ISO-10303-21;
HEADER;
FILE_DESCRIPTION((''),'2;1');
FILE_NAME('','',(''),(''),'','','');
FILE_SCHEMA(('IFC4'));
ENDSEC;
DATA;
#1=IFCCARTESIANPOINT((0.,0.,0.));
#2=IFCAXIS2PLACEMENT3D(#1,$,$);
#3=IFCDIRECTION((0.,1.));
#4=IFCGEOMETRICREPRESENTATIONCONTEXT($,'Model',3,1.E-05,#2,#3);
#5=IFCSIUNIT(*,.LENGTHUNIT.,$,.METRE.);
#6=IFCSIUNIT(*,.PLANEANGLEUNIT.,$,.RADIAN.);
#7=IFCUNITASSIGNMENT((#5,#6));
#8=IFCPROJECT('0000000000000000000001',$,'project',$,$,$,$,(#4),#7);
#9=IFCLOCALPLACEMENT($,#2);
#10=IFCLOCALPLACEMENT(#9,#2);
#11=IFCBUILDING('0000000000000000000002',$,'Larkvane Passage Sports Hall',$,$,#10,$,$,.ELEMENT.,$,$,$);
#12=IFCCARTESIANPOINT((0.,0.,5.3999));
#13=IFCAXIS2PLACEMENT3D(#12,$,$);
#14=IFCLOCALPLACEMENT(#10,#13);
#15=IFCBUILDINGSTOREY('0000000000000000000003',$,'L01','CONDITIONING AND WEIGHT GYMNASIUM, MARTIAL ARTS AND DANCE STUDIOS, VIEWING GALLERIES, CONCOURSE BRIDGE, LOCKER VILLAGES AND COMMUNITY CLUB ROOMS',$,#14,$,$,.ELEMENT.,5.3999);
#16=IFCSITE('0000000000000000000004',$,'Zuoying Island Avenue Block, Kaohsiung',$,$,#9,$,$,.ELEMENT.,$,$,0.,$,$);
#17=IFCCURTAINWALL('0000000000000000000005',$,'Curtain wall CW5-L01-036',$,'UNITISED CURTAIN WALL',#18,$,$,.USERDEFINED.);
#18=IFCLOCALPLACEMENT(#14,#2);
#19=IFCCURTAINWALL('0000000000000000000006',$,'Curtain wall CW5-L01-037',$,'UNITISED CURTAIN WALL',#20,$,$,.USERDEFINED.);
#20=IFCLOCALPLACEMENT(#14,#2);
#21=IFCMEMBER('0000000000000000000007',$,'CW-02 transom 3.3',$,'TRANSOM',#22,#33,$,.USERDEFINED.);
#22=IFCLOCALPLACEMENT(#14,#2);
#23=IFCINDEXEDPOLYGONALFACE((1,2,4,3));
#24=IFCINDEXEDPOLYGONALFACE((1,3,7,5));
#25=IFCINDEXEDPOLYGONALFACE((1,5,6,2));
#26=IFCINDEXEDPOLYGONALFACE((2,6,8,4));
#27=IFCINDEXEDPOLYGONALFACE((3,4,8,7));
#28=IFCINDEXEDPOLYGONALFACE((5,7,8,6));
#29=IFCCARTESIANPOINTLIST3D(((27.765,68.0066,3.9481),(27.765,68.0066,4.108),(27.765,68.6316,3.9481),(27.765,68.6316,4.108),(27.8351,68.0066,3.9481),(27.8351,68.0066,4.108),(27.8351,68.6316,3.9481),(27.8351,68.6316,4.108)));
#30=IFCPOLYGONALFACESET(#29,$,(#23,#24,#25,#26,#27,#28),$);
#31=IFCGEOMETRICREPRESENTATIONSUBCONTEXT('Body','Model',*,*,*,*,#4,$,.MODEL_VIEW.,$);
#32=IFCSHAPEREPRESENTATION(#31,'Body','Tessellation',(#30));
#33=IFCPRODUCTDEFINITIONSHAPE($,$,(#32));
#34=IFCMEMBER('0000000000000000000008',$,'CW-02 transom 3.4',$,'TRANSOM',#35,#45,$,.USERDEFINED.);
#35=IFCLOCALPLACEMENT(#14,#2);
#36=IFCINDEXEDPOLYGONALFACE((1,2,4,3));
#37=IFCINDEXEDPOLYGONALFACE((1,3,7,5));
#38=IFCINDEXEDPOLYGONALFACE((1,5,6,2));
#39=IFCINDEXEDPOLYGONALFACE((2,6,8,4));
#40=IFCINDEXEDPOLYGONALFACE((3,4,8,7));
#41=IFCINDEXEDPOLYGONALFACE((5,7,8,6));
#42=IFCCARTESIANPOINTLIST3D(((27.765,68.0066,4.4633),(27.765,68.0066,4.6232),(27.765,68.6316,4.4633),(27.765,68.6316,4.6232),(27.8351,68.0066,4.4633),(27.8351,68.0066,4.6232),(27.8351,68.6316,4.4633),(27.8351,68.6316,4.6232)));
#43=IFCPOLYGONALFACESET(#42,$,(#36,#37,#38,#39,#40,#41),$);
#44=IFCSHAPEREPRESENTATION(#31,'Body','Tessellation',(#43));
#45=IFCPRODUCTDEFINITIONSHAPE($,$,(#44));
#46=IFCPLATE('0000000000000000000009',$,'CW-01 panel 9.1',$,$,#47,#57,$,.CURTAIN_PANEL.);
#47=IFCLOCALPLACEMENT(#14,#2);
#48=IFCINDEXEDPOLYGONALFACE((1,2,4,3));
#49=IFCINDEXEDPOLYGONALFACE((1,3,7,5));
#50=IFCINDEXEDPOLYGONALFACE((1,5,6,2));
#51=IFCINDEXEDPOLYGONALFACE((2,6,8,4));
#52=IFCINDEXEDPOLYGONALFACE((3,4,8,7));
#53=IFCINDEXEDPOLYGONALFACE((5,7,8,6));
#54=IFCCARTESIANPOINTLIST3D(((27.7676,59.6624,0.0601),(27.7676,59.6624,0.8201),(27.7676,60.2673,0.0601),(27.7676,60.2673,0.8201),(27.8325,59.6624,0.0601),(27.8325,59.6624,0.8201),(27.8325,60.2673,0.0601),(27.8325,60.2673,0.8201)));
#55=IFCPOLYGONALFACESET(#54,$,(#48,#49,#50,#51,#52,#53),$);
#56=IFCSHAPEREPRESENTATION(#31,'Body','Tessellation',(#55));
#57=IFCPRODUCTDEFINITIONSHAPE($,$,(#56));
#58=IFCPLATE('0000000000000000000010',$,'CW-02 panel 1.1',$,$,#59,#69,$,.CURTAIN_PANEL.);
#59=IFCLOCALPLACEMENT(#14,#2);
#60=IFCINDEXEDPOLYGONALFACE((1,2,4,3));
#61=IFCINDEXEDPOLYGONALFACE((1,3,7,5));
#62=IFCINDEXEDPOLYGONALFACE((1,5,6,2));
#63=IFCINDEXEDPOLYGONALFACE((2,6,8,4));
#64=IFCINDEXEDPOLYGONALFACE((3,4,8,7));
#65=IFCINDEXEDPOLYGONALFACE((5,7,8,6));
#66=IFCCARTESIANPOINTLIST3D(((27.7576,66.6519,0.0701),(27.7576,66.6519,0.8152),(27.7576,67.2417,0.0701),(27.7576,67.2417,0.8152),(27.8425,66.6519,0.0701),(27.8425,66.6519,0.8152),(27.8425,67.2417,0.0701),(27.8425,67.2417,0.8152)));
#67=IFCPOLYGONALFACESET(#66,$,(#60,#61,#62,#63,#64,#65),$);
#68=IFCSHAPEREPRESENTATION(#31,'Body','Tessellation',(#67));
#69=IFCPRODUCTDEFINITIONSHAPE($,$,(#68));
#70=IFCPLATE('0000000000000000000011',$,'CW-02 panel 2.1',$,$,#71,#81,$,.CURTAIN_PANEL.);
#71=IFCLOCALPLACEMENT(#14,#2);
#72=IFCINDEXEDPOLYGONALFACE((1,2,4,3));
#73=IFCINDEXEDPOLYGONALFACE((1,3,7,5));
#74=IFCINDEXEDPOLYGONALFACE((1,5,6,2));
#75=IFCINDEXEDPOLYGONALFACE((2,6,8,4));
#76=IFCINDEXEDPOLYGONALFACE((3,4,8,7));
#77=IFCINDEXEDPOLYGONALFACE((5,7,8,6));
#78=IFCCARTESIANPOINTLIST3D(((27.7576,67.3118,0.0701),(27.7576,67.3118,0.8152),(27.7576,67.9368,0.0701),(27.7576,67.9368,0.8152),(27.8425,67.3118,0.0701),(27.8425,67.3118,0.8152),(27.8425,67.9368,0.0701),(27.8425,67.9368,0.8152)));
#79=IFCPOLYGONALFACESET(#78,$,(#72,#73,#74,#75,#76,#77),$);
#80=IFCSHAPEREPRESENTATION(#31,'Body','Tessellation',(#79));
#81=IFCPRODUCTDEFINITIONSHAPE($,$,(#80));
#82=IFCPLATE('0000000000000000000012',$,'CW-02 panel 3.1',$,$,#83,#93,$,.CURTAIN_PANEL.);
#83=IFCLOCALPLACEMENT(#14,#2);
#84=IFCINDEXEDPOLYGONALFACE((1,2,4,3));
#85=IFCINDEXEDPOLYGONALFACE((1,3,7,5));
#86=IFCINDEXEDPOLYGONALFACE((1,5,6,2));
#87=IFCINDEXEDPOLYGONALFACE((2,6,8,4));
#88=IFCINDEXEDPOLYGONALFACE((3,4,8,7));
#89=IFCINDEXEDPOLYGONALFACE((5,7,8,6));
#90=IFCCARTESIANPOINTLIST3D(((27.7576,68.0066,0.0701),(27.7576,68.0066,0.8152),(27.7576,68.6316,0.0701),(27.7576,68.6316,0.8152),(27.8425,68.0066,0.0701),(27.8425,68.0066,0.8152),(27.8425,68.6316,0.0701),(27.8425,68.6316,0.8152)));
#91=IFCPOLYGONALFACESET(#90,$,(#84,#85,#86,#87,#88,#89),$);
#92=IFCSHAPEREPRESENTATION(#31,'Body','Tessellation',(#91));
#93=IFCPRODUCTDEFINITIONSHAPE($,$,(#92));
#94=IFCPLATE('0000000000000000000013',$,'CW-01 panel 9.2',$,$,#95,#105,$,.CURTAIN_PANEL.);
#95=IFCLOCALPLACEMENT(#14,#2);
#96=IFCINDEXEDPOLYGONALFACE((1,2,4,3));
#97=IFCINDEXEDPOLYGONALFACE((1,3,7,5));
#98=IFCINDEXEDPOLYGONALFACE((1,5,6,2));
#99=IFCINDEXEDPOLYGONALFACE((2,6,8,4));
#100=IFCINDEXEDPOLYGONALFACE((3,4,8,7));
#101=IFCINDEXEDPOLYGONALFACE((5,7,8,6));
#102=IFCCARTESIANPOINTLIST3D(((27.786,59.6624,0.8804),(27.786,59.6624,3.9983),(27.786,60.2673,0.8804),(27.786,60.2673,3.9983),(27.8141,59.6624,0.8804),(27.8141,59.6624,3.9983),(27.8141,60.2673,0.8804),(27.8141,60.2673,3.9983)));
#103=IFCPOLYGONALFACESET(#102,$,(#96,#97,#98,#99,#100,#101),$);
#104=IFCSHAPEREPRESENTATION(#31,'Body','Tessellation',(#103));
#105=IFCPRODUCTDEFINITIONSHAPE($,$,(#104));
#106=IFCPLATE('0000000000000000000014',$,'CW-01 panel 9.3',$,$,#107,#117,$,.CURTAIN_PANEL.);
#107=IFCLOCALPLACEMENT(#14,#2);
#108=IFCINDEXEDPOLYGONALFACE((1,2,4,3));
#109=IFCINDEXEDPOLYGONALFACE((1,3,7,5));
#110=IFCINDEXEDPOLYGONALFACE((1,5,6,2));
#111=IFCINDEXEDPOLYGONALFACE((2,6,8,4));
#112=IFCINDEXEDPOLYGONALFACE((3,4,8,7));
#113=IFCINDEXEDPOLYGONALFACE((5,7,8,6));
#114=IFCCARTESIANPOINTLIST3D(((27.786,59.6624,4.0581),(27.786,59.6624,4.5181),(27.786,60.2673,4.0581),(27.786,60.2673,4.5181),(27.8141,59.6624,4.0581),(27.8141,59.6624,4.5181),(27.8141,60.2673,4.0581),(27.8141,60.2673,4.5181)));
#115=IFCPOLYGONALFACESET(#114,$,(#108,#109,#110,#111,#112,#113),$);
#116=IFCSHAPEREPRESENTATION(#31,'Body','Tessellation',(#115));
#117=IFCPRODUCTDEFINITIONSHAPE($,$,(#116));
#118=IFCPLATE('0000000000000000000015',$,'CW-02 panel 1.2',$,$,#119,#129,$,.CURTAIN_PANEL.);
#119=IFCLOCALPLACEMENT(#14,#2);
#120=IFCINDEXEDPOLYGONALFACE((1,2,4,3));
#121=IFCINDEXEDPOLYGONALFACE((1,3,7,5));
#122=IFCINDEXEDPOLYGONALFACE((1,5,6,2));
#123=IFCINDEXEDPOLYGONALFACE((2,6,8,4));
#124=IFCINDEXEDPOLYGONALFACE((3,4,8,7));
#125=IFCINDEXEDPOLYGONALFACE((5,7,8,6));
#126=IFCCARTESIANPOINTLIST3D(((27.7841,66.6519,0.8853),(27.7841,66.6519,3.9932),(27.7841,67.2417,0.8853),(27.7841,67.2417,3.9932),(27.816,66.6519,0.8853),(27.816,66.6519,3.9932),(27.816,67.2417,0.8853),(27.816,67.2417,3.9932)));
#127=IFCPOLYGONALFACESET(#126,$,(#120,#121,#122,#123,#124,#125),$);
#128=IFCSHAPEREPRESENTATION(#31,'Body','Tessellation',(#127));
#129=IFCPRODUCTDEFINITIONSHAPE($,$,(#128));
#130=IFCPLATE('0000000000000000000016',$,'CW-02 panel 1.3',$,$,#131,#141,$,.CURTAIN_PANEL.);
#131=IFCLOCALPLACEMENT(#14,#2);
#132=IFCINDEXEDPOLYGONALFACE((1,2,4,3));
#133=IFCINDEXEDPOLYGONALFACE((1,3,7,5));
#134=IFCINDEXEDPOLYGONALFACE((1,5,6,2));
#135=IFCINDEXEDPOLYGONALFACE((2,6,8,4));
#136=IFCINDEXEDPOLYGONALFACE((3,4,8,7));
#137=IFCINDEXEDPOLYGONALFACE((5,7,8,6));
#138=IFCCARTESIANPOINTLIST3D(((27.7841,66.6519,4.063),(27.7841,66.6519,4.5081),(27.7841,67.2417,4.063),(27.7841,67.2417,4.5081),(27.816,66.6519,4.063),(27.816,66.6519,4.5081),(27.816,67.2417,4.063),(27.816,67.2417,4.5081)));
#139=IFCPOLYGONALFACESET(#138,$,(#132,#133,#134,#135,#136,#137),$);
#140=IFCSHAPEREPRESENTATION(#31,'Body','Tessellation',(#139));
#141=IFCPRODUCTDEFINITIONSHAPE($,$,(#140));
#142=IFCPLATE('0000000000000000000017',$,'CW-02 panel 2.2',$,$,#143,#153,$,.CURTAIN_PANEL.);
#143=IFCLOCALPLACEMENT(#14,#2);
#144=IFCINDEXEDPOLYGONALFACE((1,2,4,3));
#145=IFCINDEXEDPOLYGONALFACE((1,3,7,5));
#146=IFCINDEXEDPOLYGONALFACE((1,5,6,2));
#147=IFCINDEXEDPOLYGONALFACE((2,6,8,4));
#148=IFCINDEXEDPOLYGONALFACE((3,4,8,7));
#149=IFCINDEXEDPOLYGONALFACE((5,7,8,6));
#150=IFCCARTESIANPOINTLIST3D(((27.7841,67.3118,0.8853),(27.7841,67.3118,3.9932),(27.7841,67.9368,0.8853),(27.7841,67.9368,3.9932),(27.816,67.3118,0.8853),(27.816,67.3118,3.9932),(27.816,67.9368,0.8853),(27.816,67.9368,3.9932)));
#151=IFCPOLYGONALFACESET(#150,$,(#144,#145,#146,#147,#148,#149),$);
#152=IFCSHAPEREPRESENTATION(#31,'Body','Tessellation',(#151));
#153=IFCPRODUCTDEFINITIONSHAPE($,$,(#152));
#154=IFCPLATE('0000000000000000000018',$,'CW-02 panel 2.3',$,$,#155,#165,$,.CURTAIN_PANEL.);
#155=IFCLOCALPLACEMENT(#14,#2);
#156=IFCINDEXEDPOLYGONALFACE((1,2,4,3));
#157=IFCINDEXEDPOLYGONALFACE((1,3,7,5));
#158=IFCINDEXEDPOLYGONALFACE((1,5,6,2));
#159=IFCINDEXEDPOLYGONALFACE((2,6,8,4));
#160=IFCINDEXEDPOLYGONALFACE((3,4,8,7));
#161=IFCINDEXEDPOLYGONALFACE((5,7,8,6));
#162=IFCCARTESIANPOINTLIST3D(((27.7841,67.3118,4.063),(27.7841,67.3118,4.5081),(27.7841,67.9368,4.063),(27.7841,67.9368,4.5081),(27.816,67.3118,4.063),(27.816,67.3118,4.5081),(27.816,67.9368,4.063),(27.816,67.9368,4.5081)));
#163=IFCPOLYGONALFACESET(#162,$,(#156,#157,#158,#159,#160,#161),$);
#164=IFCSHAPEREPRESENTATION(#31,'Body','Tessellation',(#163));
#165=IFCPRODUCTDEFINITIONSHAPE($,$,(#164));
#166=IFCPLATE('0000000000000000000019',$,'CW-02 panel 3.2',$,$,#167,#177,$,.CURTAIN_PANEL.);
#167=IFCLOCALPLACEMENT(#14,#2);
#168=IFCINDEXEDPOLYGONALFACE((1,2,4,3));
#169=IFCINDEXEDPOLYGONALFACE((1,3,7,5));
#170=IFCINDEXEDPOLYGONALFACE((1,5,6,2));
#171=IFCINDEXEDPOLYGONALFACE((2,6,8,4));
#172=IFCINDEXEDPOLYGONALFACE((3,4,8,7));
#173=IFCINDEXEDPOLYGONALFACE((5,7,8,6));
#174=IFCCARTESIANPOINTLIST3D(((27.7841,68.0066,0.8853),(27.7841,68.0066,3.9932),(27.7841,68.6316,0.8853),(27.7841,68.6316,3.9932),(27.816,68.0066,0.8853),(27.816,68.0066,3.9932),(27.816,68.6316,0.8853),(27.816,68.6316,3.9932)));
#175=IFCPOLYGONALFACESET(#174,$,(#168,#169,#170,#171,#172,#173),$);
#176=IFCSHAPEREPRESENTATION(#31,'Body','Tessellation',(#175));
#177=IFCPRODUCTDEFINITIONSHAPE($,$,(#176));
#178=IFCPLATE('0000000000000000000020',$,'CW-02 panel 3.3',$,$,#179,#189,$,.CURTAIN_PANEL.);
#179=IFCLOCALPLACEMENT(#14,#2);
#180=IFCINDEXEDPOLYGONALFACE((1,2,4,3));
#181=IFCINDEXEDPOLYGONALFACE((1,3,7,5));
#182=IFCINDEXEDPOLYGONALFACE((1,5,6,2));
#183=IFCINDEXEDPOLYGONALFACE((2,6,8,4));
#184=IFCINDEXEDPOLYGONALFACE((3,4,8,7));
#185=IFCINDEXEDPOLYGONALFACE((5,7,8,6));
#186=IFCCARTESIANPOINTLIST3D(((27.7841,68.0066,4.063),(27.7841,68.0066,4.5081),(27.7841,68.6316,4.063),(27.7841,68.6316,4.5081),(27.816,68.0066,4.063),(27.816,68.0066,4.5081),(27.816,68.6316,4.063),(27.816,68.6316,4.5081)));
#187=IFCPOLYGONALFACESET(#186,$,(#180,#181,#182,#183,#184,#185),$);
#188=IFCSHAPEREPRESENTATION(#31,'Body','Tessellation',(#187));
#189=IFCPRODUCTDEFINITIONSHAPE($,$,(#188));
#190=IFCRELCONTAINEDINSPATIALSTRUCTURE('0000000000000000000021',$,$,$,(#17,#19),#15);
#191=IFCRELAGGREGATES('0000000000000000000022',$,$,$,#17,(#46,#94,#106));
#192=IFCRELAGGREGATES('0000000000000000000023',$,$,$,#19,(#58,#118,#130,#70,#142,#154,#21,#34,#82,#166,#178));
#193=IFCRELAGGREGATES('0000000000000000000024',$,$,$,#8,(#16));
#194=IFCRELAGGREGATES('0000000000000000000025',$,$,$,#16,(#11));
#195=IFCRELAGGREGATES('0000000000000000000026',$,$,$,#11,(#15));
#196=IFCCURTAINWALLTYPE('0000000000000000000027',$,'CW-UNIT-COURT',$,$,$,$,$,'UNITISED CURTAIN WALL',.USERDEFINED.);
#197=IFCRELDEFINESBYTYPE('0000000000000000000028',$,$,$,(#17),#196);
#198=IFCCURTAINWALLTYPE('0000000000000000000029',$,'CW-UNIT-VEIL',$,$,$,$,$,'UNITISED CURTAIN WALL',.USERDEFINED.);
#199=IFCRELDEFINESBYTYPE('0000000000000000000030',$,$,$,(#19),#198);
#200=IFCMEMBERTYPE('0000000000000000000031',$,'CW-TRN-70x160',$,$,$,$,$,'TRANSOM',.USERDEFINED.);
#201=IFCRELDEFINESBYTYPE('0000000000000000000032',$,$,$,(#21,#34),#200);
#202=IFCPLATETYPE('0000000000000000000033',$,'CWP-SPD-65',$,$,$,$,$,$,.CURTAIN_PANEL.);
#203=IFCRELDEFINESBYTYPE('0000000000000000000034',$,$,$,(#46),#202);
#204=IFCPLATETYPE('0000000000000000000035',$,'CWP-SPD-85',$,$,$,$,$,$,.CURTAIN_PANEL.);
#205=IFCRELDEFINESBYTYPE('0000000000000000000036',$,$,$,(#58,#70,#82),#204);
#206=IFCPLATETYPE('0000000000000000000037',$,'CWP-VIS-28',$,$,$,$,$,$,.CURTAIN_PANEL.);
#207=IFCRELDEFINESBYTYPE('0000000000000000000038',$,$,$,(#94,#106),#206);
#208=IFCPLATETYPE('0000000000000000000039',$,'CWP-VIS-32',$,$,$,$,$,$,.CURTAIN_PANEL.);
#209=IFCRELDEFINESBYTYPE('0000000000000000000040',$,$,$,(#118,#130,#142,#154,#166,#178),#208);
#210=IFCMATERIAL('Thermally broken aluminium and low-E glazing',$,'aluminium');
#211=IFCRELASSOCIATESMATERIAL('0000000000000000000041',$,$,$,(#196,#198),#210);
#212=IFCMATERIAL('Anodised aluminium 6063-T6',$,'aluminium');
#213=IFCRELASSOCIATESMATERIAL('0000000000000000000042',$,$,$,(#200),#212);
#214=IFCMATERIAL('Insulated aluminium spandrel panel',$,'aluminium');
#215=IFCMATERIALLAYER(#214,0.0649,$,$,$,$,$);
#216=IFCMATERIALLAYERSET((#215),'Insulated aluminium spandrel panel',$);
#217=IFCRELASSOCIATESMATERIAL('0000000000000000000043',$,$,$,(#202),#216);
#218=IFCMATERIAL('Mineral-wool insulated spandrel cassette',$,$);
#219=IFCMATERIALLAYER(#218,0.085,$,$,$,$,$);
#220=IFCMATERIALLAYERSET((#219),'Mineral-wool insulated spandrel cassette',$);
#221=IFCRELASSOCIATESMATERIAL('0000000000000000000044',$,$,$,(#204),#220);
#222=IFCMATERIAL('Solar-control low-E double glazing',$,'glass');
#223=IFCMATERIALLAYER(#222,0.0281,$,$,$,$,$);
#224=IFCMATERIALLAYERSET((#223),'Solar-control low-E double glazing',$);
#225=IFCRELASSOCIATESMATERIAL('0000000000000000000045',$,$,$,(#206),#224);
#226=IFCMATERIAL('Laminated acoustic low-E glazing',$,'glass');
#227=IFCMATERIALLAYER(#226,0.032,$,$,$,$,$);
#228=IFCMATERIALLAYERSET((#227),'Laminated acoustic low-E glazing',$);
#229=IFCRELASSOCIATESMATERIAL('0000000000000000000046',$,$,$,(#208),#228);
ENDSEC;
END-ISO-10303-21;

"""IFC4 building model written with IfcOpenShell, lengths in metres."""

from ifc_helpers import new_model, si_unit, direction, frame, origin, origin_2d, place, context, subcontext, project, spatial, rectangle, extrude, material, layer, layer_set, material_profile, profile_set, type_object, element, aggregate, save


model = new_model("IFC4")

# Units and contexts
model_context = context("Model", 3, precision=1e-05, world=origin(), true_north=direction((0.0, 1.0)))
body_context = subcontext(model_context, "Body", "Model", "MODEL_VIEW")
ifc_project = project(units=[si_unit("LENGTHUNIT", "METRE"), si_unit("PLANEANGLEUNIT", "RADIAN")], contexts=[model_context])

# Site, building, storey
site_placement = place(None, origin())
site = spatial("IfcSite", under=ifc_project, at=site_placement, Name="Zuoying Island Avenue Block, Kaohsiung", CompositionType="ELEMENT", RefElevation=0.0)
building_placement = place(site_placement, origin())
building = spatial("IfcBuilding", under=site, at=building_placement, Name="Larkvane Passage Sports Hall", CompositionType="ELEMENT")
storey_placement = place(building_placement, frame((0.0, 0.0, 5.3999)))
storey = spatial("IfcBuildingStorey", under=building, at=storey_placement, Name="L01", Description="CONDITIONING AND WEIGHT GYMNASIUM, MARTIAL ARTS AND DANCE STUDIOS, VIEWING GALLERIES, CONCOURSE BRIDGE, LOCKER VILLAGES AND COMMUNITY CLUB ROOMS", CompositionType="ELEMENT", Elevation=5.3999)

# Curtain wall
ifc_material_1 = material(Name="Thermally broken aluminium and low-E glazing", Category="aluminium")
curtain_wall_type_1 = type_object("IfcCurtainWallType", Name="CW-UNIT-COURT", ElementType="UNITISED CURTAIN WALL", PredefinedType="USERDEFINED", material=ifc_material_1)
curtain_wall_1_placement = place(storey_placement, origin())
curtain_wall_1 = element("IfcCurtainWall", 1, at=curtain_wall_1_placement, inside=storey, type_object=curtain_wall_type_1, Name="Curtain wall CW5-L01-036", ObjectType="UNITISED CURTAIN WALL", PredefinedType="USERDEFINED")
ifc_material_2 = material(Name="Anodised aluminium 6063-T6", Category="aluminium")

# Curtain wall, members
curtain_wall_type_2 = type_object("IfcCurtainWallType", Name="CW-UNIT-VEIL", ElementType="UNITISED CURTAIN WALL", PredefinedType="USERDEFINED", material=ifc_material_1)
curtain_wall_2_placement = place(storey_placement, origin())
curtain_wall_2 = element("IfcCurtainWall", 2, at=curtain_wall_2_placement, inside=storey, type_object=curtain_wall_type_2, Name="Curtain wall CW5-L01-037", ObjectType="UNITISED CURTAIN WALL", PredefinedType="USERDEFINED")
ifc_material_profile_1 = material_profile(ifc_material_2, rectangle(XDim=0.0701, YDim=0.1599, at=origin_2d()), Name="ALU-TRN-70x160")
ifc_profile_set_1 = profile_set([ifc_material_profile_1], Name="Anodised aluminium 6063-T6")
member_type_1 = type_object("IfcMemberType", Name="CW-TRN-70x160", ElementType="TRANSOM", PredefinedType="USERDEFINED", material=ifc_profile_set_1)
member_1_placement = place(storey_placement, frame((27.8, 68.0066, 4.0281), z_axis=(0.0, 1.0, 0.0), x_axis=(-1.0, 0.0, 0.0)))
member_1 = element("IfcMember", 3, at=member_1_placement, type_object=member_type_1, Name="CW-02 transom 3.3", ObjectType="TRANSOM", PredefinedType="USERDEFINED", context=body_context, shape_type="SweptSolid", body=[
    extrude(rectangle(XDim=0.0701, YDim=0.1599, at=origin_2d()), origin(), (0.0, 0.0, 1.0), 0.625),
])
member_2_placement = place(storey_placement, frame((27.8, 68.0066, 4.5432), z_axis=(0.0, 1.0, 0.0), x_axis=(-1.0, 0.0, 0.0)))
member_2 = element("IfcMember", 4, at=member_2_placement, type_object=member_type_1, Name="CW-02 transom 3.4", ObjectType="TRANSOM", PredefinedType="USERDEFINED", context=body_context, shape_type="SweptSolid", body=[
    extrude(rectangle(XDim=0.0701, YDim=0.1599, at=origin_2d()), origin(), (0.0, 0.0, 1.0), 0.625),
])

# Plates
ifc_material_3 = material(Name="Insulated aluminium spandrel panel", Category="aluminium")
ifc_layer_1 = layer(ifc_material_3, 0.0649)
ifc_layer_set_1 = layer_set([ifc_layer_1], Name="Insulated aluminium spandrel panel")
plate_type_1 = type_object("IfcPlateType", Name="CWP-SPD-65", PredefinedType="CURTAIN_PANEL", material=ifc_layer_set_1)
plate_1_placement = place(storey_placement, frame((27.8, 59.9648, 0.0601), z_axis=(0.0, 0.0, 1.0), x_axis=(0.0, 1.0, 0.0)))
plate_1 = element("IfcPlate", 5, at=plate_1_placement, type_object=plate_type_1, Name="CW-01 panel 9.1", PredefinedType="CURTAIN_PANEL", context=body_context, shape_type="SweptSolid", body=[
    extrude(rectangle(XDim=0.605, YDim=0.0649, at=origin_2d()), origin(), (0.0, 0.0, 1.0), 0.76),
])
ifc_material_4 = material(Name="Mineral-wool insulated spandrel cassette")
ifc_layer_2 = layer(ifc_material_4, 0.085)
ifc_layer_set_2 = layer_set([ifc_layer_2], Name="Mineral-wool insulated spandrel cassette")
plate_type_2 = type_object("IfcPlateType", Name="CWP-SPD-85", PredefinedType="CURTAIN_PANEL", material=ifc_layer_set_2)
plate_2_placement = place(storey_placement, frame((27.8, 66.9468, 0.0701), z_axis=(0.0, 0.0, 1.0), x_axis=(0.0, 1.0, 0.0)))
plate_2 = element("IfcPlate", 6, at=plate_2_placement, type_object=plate_type_2, Name="CW-02 panel 1.1", PredefinedType="CURTAIN_PANEL", context=body_context, shape_type="SweptSolid", body=[
    extrude(rectangle(XDim=0.5898, YDim=0.085, at=origin_2d()), origin(), (0.0, 0.0, 1.0), 0.7451),
])
plate_3_placement = place(storey_placement, frame((27.8, 67.6243, 0.0701), z_axis=(0.0, 0.0, 1.0), x_axis=(0.0, 1.0, 0.0)))
plate_3 = element("IfcPlate", 7, at=plate_3_placement, type_object=plate_type_2, Name="CW-02 panel 2.1", PredefinedType="CURTAIN_PANEL", context=body_context, shape_type="SweptSolid", body=[
    extrude(rectangle(XDim=0.625, YDim=0.085, at=origin_2d()), origin(), (0.0, 0.0, 1.0), 0.7451),
])
plate_4_placement = place(storey_placement, frame((27.8, 68.3191, 0.0701), z_axis=(0.0, 0.0, 1.0), x_axis=(0.0, 1.0, 0.0)))
plate_4 = element("IfcPlate", 8, at=plate_4_placement, type_object=plate_type_2, Name="CW-02 panel 3.1", PredefinedType="CURTAIN_PANEL", context=body_context, shape_type="SweptSolid", body=[
    extrude(rectangle(XDim=0.625, YDim=0.085, at=origin_2d()), origin(), (0.0, 0.0, 1.0), 0.7451),
])
ifc_material_5 = material(Name="Solar-control low-E double glazing", Category="glass")
ifc_layer_3 = layer(ifc_material_5, 0.0281)
ifc_layer_set_3 = layer_set([ifc_layer_3], Name="Solar-control low-E double glazing")
plate_type_3 = type_object("IfcPlateType", Name="CWP-VIS-28", PredefinedType="CURTAIN_PANEL", material=ifc_layer_set_3)
plate_5_placement = place(storey_placement, frame((27.8, 59.9648, 0.8804), z_axis=(0.0, 0.0, 1.0), x_axis=(0.0, 1.0, 0.0)))
plate_5 = element("IfcPlate", 9, at=plate_5_placement, type_object=plate_type_3, Name="CW-01 panel 9.2", PredefinedType="CURTAIN_PANEL", context=body_context, shape_type="SweptSolid", body=[
    extrude(rectangle(XDim=0.605, YDim=0.0281, at=origin_2d()), origin(), (0.0, 0.0, 1.0), 3.1179),
])
plate_6_placement = place(storey_placement, frame((27.8, 59.9648, 4.0581), z_axis=(0.0, 0.0, 1.0), x_axis=(0.0, 1.0, 0.0)))
plate_6 = element("IfcPlate", 10, at=plate_6_placement, type_object=plate_type_3, Name="CW-01 panel 9.3", PredefinedType="CURTAIN_PANEL", context=body_context, shape_type="SweptSolid", body=[
    extrude(rectangle(XDim=0.605, YDim=0.0281, at=origin_2d()), origin(), (0.0, 0.0, 1.0), 0.46),
])
aggregate(curtain_wall_1, [plate_1, plate_5, plate_6])
ifc_material_6 = material(Name="Laminated acoustic low-E glazing", Category="glass")
ifc_layer_4 = layer(ifc_material_6, 0.032)
ifc_layer_set_4 = layer_set([ifc_layer_4], Name="Laminated acoustic low-E glazing")
plate_type_4 = type_object("IfcPlateType", Name="CWP-VIS-32", PredefinedType="CURTAIN_PANEL", material=ifc_layer_set_4)
plate_7_placement = place(storey_placement, frame((27.8, 66.9468, 0.8853), z_axis=(0.0, 0.0, 1.0), x_axis=(0.0, 1.0, 0.0)))
plate_7 = element("IfcPlate", 11, at=plate_7_placement, type_object=plate_type_4, Name="CW-02 panel 1.2", PredefinedType="CURTAIN_PANEL", context=body_context, shape_type="SweptSolid", body=[
    extrude(rectangle(XDim=0.5898, YDim=0.032, at=origin_2d()), origin(), (0.0, 0.0, 1.0), 3.1079),
])
plate_8_placement = place(storey_placement, frame((27.8, 66.9468, 4.063), z_axis=(0.0, 0.0, 1.0), x_axis=(0.0, 1.0, 0.0)))
plate_8 = element("IfcPlate", 12, at=plate_8_placement, type_object=plate_type_4, Name="CW-02 panel 1.3", PredefinedType="CURTAIN_PANEL", context=body_context, shape_type="SweptSolid", body=[
    extrude(rectangle(XDim=0.5898, YDim=0.032, at=origin_2d()), origin(), (0.0, 0.0, 1.0), 0.4451),
])
plate_9_placement = place(storey_placement, frame((27.8, 67.6243, 0.8853), z_axis=(0.0, 0.0, 1.0), x_axis=(0.0, 1.0, 0.0)))
plate_9 = element("IfcPlate", 13, at=plate_9_placement, type_object=plate_type_4, Name="CW-02 panel 2.2", PredefinedType="CURTAIN_PANEL", context=body_context, shape_type="SweptSolid", body=[
    extrude(rectangle(XDim=0.625, YDim=0.032, at=origin_2d()), origin(), (0.0, 0.0, 1.0), 3.1079),
])
plate_10_placement = place(storey_placement, frame((27.8, 67.6243, 4.063), z_axis=(0.0, 0.0, 1.0), x_axis=(0.0, 1.0, 0.0)))
plate_10 = element("IfcPlate", 14, at=plate_10_placement, type_object=plate_type_4, Name="CW-02 panel 2.3", PredefinedType="CURTAIN_PANEL", context=body_context, shape_type="SweptSolid", body=[
    extrude(rectangle(XDim=0.625, YDim=0.032, at=origin_2d()), origin(), (0.0, 0.0, 1.0), 0.4451),
])
plate_11_placement = place(storey_placement, frame((27.8, 68.3191, 0.8853), z_axis=(0.0, 0.0, 1.0), x_axis=(0.0, 1.0, 0.0)))
plate_11 = element("IfcPlate", 15, at=plate_11_placement, type_object=plate_type_4, Name="CW-02 panel 3.2", PredefinedType="CURTAIN_PANEL", context=body_context, shape_type="SweptSolid", body=[
    extrude(rectangle(XDim=0.625, YDim=0.032, at=origin_2d()), origin(), (0.0, 0.0, 1.0), 3.1079),
])
plate_12_placement = place(storey_placement, frame((27.8, 68.3191, 4.063), z_axis=(0.0, 0.0, 1.0), x_axis=(0.0, 1.0, 0.0)))
plate_12 = element("IfcPlate", 16, at=plate_12_placement, type_object=plate_type_4, Name="CW-02 panel 3.3", PredefinedType="CURTAIN_PANEL", context=body_context, shape_type="SweptSolid", body=[
    extrude(rectangle(XDim=0.625, YDim=0.032, at=origin_2d()), origin(), (0.0, 0.0, 1.0), 0.4451),
])
aggregate(curtain_wall_2, [plate_2, plate_7, plate_8, plate_3, plate_9, plate_10, member_1, member_2, plate_4, plate_11, plate_12])

save(model, "model.ifc")
